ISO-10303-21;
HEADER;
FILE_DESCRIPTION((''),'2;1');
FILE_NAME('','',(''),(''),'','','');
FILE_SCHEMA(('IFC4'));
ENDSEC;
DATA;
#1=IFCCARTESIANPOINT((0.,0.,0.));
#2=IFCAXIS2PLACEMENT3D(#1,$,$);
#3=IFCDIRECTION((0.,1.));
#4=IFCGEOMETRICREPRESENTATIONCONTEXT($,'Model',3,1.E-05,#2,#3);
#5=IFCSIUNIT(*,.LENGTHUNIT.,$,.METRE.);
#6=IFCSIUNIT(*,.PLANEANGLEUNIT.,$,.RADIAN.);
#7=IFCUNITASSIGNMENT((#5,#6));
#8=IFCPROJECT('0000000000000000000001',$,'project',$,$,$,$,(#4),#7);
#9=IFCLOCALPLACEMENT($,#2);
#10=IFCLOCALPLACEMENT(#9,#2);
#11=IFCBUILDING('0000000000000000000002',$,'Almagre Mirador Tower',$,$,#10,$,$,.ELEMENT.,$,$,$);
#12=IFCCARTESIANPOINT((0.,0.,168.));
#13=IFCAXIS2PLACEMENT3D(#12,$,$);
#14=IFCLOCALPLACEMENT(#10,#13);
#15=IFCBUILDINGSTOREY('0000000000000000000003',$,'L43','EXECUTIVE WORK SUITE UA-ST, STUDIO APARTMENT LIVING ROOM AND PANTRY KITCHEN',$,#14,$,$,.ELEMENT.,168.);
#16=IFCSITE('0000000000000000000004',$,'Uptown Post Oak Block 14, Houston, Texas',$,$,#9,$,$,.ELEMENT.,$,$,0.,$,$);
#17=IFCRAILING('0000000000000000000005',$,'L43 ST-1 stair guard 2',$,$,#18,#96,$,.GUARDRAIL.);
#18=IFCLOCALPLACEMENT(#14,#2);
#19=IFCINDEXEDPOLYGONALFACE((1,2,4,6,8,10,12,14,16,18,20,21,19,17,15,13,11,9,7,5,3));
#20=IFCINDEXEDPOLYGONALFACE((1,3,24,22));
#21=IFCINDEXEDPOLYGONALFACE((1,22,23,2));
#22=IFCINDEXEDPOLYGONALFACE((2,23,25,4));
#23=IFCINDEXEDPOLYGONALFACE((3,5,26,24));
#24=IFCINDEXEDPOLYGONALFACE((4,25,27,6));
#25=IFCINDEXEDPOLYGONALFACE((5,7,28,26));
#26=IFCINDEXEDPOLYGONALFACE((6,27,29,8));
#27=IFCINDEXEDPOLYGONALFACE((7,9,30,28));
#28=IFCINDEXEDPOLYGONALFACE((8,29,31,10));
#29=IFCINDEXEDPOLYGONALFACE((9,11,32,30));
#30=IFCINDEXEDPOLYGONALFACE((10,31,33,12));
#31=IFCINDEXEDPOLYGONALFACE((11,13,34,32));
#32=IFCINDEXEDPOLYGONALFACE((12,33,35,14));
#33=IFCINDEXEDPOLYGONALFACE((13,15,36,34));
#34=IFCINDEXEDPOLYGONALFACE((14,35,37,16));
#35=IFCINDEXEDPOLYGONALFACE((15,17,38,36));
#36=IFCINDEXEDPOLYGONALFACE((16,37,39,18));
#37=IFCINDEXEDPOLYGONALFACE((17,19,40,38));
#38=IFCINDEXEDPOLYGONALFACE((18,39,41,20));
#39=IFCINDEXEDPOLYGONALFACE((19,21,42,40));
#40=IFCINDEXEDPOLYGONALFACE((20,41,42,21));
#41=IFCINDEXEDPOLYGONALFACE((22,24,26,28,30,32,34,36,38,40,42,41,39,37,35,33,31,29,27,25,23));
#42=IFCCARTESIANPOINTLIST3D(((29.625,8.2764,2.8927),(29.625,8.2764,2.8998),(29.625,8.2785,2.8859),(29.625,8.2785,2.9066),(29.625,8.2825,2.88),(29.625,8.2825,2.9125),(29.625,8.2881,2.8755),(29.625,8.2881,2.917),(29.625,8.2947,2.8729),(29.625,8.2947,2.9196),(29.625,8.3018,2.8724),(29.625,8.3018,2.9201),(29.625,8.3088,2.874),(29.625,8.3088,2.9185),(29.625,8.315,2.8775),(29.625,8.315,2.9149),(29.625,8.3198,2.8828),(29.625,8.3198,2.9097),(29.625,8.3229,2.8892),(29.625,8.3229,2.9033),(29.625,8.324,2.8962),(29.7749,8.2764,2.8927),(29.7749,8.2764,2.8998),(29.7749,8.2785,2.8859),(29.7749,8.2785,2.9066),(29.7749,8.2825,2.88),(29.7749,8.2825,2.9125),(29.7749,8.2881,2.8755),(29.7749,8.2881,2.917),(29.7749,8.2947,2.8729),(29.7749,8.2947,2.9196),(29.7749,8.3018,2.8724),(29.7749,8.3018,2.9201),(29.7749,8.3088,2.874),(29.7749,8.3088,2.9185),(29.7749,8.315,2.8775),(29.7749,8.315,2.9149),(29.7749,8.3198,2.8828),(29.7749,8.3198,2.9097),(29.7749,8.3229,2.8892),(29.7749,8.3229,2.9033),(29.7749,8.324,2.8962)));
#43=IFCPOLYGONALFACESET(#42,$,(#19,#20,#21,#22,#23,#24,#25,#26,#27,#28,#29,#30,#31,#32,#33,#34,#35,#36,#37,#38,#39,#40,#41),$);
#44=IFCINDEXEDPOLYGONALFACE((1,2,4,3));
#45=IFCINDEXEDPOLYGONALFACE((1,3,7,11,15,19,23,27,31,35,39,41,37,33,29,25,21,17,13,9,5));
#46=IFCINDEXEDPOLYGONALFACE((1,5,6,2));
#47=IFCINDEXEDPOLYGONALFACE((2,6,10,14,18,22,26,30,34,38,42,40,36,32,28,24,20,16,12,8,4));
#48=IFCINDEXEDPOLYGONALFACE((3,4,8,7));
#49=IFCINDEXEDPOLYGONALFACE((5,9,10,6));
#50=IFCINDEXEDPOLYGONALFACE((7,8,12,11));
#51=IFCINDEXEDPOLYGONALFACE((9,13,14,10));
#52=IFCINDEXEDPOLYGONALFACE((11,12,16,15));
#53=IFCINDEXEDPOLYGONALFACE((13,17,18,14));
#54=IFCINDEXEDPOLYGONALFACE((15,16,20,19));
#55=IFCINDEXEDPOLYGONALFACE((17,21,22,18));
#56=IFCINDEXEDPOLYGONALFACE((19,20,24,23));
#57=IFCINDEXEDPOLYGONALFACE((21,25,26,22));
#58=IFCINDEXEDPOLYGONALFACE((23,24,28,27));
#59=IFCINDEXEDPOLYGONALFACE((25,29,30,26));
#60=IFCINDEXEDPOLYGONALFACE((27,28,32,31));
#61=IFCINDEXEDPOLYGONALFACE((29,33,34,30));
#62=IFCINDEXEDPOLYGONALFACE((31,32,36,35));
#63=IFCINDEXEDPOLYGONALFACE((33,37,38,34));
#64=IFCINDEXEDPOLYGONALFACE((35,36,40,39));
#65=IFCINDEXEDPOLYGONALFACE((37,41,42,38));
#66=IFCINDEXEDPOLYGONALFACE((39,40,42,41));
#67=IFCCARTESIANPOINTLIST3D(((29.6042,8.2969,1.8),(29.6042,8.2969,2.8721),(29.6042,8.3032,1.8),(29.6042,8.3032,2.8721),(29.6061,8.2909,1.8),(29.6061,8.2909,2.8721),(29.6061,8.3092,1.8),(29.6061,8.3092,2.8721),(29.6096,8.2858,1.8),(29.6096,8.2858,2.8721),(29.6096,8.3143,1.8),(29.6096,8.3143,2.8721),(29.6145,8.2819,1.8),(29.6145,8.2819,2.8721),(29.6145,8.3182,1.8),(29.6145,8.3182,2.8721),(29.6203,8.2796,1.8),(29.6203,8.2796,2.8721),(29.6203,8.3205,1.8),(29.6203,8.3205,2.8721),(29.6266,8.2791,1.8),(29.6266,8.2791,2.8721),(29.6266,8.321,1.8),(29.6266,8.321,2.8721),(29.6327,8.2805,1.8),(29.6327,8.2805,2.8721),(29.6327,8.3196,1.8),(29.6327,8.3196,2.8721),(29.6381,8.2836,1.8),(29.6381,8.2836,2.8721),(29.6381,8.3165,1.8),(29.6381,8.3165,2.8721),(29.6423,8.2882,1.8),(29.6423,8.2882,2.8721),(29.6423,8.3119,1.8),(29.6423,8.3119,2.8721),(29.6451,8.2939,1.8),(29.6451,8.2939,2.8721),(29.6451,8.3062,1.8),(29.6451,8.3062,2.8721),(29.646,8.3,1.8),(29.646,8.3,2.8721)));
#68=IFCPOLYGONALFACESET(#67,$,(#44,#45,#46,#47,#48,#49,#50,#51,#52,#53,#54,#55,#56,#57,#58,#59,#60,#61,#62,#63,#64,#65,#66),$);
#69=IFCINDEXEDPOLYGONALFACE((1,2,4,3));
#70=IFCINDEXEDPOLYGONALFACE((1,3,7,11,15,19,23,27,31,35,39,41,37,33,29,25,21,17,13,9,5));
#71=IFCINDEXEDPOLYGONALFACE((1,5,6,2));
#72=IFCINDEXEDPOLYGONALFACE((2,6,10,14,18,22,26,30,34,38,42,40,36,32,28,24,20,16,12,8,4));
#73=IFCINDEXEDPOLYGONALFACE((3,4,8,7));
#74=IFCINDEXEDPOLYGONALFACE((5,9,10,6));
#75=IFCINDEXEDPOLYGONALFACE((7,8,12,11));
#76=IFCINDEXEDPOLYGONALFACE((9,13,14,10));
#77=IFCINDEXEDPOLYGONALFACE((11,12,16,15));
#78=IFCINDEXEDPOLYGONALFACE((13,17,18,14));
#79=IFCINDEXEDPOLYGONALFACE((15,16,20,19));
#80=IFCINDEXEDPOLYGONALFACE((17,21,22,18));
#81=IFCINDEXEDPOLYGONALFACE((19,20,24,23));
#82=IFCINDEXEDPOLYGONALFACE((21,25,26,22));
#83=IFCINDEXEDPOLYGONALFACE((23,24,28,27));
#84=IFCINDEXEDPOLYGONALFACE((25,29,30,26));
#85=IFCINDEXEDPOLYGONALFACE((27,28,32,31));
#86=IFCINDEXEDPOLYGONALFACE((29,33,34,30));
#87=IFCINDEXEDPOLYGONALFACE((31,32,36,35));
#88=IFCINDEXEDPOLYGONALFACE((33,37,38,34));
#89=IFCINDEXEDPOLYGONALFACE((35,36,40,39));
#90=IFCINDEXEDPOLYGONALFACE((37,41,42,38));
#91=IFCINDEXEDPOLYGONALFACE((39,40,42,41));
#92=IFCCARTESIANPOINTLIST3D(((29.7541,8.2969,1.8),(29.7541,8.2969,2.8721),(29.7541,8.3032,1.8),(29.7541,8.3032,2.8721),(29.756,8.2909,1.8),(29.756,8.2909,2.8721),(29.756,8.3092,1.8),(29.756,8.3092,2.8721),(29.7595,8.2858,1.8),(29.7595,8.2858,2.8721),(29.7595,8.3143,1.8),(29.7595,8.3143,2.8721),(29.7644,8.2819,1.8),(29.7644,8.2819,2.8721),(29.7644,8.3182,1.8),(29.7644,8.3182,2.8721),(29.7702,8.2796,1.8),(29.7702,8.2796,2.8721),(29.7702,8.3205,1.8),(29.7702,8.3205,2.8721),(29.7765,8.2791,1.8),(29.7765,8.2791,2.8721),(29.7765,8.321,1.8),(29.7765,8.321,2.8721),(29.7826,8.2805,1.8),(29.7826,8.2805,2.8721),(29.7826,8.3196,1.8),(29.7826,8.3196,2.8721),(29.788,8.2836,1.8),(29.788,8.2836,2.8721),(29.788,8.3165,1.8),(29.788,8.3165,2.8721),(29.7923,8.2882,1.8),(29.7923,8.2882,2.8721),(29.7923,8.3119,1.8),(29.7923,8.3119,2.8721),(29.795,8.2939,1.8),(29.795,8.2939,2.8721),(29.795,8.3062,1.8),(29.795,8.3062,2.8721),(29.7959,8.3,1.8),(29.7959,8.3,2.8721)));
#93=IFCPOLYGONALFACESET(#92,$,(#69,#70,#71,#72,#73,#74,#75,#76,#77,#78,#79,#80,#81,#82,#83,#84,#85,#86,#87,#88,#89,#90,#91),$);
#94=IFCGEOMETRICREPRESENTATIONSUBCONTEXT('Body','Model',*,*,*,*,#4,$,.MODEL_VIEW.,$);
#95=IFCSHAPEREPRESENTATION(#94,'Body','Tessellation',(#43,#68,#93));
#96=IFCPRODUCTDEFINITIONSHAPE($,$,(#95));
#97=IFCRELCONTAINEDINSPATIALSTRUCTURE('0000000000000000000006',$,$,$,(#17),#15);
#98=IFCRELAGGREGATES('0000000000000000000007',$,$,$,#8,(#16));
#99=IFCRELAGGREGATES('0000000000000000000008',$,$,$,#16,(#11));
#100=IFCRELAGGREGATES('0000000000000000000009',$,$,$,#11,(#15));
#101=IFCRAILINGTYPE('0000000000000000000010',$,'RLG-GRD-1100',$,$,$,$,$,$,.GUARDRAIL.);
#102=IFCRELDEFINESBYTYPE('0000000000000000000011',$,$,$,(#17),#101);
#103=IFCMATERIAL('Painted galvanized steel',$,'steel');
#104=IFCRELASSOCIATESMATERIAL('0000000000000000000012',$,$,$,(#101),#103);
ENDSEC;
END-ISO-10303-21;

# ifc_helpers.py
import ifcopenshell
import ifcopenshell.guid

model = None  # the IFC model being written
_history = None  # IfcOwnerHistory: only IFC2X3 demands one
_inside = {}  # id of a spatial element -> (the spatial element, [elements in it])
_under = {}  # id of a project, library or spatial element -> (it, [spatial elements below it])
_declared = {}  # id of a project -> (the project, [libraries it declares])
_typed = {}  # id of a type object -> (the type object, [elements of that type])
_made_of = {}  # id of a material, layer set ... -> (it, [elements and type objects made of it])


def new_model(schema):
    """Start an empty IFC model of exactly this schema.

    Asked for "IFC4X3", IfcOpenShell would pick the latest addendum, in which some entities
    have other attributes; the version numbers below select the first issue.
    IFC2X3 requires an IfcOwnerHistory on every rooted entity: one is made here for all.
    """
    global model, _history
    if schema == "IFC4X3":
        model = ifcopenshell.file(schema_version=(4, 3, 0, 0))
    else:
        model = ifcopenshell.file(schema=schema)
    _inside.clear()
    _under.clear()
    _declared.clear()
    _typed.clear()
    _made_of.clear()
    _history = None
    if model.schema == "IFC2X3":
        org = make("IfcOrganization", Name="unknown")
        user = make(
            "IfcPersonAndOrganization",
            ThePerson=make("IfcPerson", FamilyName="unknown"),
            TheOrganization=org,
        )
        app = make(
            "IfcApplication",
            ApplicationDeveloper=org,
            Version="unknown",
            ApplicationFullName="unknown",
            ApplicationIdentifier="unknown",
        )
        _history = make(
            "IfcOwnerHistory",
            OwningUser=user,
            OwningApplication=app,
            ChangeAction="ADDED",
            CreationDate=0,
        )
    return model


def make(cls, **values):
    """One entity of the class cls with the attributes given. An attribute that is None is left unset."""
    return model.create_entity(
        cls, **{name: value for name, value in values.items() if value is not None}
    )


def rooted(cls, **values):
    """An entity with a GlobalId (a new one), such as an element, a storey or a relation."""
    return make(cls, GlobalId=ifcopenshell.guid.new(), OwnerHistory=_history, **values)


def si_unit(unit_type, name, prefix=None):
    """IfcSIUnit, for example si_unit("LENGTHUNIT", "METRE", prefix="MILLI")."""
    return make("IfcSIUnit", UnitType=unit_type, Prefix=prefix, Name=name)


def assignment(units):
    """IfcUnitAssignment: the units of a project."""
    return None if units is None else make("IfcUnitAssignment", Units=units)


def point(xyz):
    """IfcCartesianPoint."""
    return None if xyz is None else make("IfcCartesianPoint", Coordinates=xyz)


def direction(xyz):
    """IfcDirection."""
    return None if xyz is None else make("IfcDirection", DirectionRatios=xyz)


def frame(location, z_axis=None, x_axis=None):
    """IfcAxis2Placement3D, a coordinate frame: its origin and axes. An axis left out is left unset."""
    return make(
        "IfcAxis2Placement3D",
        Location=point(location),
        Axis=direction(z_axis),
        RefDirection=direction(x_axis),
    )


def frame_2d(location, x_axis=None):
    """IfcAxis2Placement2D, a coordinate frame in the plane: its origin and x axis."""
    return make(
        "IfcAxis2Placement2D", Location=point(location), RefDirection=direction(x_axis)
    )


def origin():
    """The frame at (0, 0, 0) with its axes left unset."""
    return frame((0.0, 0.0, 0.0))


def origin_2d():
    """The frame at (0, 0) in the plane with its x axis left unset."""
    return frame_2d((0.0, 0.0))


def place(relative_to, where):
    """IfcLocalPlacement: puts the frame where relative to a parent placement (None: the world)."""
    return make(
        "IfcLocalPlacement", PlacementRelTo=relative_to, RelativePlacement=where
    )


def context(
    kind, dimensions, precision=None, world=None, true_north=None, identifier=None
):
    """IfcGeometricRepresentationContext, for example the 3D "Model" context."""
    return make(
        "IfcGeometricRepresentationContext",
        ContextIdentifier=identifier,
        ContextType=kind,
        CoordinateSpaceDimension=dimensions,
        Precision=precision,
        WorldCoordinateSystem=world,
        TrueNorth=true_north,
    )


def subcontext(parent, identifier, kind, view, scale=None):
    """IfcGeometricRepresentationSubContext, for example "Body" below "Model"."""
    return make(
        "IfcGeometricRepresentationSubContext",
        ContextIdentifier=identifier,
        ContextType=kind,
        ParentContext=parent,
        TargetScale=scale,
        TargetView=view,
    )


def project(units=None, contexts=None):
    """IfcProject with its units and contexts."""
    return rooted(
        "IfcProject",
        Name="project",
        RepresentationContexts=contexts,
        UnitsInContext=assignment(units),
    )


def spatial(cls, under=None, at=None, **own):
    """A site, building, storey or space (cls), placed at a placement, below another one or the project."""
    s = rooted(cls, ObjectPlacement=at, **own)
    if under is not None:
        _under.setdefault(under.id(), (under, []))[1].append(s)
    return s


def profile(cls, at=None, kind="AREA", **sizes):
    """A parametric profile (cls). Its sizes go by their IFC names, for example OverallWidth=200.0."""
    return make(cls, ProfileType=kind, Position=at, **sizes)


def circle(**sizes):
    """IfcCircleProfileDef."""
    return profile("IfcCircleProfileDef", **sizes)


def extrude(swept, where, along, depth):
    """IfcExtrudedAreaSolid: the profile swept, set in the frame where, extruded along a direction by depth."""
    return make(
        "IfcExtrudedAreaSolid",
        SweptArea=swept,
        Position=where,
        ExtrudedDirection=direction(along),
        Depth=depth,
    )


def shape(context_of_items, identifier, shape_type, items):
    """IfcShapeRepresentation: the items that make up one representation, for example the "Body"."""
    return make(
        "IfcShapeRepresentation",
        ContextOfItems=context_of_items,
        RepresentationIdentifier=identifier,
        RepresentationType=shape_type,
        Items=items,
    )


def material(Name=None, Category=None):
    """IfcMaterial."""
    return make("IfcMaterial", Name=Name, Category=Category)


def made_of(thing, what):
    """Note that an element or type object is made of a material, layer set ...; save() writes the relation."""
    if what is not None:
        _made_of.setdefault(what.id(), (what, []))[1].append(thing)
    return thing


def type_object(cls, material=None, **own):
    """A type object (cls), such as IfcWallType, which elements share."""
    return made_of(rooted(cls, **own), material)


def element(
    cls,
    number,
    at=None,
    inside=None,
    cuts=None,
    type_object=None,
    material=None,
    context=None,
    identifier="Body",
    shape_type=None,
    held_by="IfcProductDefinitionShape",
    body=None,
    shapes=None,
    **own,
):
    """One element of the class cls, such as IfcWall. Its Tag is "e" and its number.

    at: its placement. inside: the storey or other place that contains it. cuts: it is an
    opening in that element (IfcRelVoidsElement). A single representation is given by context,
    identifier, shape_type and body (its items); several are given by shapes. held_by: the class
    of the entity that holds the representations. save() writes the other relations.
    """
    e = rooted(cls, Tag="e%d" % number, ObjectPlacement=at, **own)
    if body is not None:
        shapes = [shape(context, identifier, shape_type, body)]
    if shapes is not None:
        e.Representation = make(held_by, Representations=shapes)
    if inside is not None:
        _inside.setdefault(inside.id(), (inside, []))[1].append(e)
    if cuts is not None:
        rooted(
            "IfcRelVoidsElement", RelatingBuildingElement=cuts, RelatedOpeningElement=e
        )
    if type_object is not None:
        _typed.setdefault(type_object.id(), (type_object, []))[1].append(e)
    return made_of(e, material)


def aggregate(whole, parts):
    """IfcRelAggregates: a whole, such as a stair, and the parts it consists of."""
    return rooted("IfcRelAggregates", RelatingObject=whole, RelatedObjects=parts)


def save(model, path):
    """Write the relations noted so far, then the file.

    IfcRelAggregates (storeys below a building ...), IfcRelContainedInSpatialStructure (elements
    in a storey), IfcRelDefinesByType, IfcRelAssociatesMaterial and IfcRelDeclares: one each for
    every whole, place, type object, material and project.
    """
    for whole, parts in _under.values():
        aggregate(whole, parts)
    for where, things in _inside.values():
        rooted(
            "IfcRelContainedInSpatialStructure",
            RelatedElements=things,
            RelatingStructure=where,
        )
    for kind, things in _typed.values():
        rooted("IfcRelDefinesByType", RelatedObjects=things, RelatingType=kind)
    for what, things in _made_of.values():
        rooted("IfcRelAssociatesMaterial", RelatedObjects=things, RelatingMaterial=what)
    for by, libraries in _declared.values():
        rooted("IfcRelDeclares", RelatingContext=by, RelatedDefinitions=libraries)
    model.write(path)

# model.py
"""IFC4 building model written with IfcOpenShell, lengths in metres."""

from ifc_helpers import new_model, si_unit, direction, frame, origin, origin_2d, place, context, subcontext, project, spatial, circle, extrude, material, type_object, element, save


model = new_model("IFC4")

# Units and contexts
model_context = context("Model", 3, precision=1e-05, world=origin(), true_north=direction((0.0, 1.0)))
body_context = subcontext(model_context, "Body", "Model", "MODEL_VIEW")
ifc_project = project(units=[si_unit("LENGTHUNIT", "METRE"), si_unit("PLANEANGLEUNIT", "RADIAN")], contexts=[model_context])

# Site, building, storey
site_placement = place(None, origin())
site = spatial("IfcSite", under=ifc_project, at=site_placement, Name="Uptown Post Oak Block 14, Houston, Texas", CompositionType="ELEMENT", RefElevation=0.0)
building_placement = place(site_placement, origin())
building = spatial("IfcBuilding", under=site, at=building_placement, Name="Almagre Mirador Tower", CompositionType="ELEMENT")
storey_placement = place(building_placement, frame((0.0, 0.0, 168.0)))
storey = spatial("IfcBuildingStorey", under=building, at=storey_placement, Name="L43", Description="EXECUTIVE WORK SUITE UA-ST, STUDIO APARTMENT LIVING ROOM AND PANTRY KITCHEN", CompositionType="ELEMENT", Elevation=168.0)

# Railing
ifc_material_1 = material(Name="Painted galvanized steel", Category="steel")
railing_type_1 = type_object("IfcRailingType", Name="RLG-GRD-1100", PredefinedType="GUARDRAIL", material=ifc_material_1)
railing_1_placement = place(storey_placement, frame((29.625, 8.3, 1.8)))
element("IfcRailing", 1, at=railing_1_placement, inside=storey, type_object=railing_type_1, Name="L43 ST-1 stair guard 2", PredefinedType="GUARDRAIL", context=body_context, shape_type="SweptSolid", body=[
    extrude(circle(Radius=0.0239, at=origin_2d()), frame((0.0, 0.0, 1.0962), z_axis=(1.0, 0.0, 0.0), x_axis=(0.0, 1.0, 0.0)), (0.0, 0.0, 1.0), 0.1499),
    extrude(circle(Radius=0.021, at=origin_2d()), origin(), (0.0, 0.0, 1.0), 1.072),
    extrude(circle(Radius=0.021, at=origin_2d()), frame((0.1499, 0.0, 0.0)), (0.0, 0.0, 1.0), 1.072),
])

save(model, "model.ifc")
